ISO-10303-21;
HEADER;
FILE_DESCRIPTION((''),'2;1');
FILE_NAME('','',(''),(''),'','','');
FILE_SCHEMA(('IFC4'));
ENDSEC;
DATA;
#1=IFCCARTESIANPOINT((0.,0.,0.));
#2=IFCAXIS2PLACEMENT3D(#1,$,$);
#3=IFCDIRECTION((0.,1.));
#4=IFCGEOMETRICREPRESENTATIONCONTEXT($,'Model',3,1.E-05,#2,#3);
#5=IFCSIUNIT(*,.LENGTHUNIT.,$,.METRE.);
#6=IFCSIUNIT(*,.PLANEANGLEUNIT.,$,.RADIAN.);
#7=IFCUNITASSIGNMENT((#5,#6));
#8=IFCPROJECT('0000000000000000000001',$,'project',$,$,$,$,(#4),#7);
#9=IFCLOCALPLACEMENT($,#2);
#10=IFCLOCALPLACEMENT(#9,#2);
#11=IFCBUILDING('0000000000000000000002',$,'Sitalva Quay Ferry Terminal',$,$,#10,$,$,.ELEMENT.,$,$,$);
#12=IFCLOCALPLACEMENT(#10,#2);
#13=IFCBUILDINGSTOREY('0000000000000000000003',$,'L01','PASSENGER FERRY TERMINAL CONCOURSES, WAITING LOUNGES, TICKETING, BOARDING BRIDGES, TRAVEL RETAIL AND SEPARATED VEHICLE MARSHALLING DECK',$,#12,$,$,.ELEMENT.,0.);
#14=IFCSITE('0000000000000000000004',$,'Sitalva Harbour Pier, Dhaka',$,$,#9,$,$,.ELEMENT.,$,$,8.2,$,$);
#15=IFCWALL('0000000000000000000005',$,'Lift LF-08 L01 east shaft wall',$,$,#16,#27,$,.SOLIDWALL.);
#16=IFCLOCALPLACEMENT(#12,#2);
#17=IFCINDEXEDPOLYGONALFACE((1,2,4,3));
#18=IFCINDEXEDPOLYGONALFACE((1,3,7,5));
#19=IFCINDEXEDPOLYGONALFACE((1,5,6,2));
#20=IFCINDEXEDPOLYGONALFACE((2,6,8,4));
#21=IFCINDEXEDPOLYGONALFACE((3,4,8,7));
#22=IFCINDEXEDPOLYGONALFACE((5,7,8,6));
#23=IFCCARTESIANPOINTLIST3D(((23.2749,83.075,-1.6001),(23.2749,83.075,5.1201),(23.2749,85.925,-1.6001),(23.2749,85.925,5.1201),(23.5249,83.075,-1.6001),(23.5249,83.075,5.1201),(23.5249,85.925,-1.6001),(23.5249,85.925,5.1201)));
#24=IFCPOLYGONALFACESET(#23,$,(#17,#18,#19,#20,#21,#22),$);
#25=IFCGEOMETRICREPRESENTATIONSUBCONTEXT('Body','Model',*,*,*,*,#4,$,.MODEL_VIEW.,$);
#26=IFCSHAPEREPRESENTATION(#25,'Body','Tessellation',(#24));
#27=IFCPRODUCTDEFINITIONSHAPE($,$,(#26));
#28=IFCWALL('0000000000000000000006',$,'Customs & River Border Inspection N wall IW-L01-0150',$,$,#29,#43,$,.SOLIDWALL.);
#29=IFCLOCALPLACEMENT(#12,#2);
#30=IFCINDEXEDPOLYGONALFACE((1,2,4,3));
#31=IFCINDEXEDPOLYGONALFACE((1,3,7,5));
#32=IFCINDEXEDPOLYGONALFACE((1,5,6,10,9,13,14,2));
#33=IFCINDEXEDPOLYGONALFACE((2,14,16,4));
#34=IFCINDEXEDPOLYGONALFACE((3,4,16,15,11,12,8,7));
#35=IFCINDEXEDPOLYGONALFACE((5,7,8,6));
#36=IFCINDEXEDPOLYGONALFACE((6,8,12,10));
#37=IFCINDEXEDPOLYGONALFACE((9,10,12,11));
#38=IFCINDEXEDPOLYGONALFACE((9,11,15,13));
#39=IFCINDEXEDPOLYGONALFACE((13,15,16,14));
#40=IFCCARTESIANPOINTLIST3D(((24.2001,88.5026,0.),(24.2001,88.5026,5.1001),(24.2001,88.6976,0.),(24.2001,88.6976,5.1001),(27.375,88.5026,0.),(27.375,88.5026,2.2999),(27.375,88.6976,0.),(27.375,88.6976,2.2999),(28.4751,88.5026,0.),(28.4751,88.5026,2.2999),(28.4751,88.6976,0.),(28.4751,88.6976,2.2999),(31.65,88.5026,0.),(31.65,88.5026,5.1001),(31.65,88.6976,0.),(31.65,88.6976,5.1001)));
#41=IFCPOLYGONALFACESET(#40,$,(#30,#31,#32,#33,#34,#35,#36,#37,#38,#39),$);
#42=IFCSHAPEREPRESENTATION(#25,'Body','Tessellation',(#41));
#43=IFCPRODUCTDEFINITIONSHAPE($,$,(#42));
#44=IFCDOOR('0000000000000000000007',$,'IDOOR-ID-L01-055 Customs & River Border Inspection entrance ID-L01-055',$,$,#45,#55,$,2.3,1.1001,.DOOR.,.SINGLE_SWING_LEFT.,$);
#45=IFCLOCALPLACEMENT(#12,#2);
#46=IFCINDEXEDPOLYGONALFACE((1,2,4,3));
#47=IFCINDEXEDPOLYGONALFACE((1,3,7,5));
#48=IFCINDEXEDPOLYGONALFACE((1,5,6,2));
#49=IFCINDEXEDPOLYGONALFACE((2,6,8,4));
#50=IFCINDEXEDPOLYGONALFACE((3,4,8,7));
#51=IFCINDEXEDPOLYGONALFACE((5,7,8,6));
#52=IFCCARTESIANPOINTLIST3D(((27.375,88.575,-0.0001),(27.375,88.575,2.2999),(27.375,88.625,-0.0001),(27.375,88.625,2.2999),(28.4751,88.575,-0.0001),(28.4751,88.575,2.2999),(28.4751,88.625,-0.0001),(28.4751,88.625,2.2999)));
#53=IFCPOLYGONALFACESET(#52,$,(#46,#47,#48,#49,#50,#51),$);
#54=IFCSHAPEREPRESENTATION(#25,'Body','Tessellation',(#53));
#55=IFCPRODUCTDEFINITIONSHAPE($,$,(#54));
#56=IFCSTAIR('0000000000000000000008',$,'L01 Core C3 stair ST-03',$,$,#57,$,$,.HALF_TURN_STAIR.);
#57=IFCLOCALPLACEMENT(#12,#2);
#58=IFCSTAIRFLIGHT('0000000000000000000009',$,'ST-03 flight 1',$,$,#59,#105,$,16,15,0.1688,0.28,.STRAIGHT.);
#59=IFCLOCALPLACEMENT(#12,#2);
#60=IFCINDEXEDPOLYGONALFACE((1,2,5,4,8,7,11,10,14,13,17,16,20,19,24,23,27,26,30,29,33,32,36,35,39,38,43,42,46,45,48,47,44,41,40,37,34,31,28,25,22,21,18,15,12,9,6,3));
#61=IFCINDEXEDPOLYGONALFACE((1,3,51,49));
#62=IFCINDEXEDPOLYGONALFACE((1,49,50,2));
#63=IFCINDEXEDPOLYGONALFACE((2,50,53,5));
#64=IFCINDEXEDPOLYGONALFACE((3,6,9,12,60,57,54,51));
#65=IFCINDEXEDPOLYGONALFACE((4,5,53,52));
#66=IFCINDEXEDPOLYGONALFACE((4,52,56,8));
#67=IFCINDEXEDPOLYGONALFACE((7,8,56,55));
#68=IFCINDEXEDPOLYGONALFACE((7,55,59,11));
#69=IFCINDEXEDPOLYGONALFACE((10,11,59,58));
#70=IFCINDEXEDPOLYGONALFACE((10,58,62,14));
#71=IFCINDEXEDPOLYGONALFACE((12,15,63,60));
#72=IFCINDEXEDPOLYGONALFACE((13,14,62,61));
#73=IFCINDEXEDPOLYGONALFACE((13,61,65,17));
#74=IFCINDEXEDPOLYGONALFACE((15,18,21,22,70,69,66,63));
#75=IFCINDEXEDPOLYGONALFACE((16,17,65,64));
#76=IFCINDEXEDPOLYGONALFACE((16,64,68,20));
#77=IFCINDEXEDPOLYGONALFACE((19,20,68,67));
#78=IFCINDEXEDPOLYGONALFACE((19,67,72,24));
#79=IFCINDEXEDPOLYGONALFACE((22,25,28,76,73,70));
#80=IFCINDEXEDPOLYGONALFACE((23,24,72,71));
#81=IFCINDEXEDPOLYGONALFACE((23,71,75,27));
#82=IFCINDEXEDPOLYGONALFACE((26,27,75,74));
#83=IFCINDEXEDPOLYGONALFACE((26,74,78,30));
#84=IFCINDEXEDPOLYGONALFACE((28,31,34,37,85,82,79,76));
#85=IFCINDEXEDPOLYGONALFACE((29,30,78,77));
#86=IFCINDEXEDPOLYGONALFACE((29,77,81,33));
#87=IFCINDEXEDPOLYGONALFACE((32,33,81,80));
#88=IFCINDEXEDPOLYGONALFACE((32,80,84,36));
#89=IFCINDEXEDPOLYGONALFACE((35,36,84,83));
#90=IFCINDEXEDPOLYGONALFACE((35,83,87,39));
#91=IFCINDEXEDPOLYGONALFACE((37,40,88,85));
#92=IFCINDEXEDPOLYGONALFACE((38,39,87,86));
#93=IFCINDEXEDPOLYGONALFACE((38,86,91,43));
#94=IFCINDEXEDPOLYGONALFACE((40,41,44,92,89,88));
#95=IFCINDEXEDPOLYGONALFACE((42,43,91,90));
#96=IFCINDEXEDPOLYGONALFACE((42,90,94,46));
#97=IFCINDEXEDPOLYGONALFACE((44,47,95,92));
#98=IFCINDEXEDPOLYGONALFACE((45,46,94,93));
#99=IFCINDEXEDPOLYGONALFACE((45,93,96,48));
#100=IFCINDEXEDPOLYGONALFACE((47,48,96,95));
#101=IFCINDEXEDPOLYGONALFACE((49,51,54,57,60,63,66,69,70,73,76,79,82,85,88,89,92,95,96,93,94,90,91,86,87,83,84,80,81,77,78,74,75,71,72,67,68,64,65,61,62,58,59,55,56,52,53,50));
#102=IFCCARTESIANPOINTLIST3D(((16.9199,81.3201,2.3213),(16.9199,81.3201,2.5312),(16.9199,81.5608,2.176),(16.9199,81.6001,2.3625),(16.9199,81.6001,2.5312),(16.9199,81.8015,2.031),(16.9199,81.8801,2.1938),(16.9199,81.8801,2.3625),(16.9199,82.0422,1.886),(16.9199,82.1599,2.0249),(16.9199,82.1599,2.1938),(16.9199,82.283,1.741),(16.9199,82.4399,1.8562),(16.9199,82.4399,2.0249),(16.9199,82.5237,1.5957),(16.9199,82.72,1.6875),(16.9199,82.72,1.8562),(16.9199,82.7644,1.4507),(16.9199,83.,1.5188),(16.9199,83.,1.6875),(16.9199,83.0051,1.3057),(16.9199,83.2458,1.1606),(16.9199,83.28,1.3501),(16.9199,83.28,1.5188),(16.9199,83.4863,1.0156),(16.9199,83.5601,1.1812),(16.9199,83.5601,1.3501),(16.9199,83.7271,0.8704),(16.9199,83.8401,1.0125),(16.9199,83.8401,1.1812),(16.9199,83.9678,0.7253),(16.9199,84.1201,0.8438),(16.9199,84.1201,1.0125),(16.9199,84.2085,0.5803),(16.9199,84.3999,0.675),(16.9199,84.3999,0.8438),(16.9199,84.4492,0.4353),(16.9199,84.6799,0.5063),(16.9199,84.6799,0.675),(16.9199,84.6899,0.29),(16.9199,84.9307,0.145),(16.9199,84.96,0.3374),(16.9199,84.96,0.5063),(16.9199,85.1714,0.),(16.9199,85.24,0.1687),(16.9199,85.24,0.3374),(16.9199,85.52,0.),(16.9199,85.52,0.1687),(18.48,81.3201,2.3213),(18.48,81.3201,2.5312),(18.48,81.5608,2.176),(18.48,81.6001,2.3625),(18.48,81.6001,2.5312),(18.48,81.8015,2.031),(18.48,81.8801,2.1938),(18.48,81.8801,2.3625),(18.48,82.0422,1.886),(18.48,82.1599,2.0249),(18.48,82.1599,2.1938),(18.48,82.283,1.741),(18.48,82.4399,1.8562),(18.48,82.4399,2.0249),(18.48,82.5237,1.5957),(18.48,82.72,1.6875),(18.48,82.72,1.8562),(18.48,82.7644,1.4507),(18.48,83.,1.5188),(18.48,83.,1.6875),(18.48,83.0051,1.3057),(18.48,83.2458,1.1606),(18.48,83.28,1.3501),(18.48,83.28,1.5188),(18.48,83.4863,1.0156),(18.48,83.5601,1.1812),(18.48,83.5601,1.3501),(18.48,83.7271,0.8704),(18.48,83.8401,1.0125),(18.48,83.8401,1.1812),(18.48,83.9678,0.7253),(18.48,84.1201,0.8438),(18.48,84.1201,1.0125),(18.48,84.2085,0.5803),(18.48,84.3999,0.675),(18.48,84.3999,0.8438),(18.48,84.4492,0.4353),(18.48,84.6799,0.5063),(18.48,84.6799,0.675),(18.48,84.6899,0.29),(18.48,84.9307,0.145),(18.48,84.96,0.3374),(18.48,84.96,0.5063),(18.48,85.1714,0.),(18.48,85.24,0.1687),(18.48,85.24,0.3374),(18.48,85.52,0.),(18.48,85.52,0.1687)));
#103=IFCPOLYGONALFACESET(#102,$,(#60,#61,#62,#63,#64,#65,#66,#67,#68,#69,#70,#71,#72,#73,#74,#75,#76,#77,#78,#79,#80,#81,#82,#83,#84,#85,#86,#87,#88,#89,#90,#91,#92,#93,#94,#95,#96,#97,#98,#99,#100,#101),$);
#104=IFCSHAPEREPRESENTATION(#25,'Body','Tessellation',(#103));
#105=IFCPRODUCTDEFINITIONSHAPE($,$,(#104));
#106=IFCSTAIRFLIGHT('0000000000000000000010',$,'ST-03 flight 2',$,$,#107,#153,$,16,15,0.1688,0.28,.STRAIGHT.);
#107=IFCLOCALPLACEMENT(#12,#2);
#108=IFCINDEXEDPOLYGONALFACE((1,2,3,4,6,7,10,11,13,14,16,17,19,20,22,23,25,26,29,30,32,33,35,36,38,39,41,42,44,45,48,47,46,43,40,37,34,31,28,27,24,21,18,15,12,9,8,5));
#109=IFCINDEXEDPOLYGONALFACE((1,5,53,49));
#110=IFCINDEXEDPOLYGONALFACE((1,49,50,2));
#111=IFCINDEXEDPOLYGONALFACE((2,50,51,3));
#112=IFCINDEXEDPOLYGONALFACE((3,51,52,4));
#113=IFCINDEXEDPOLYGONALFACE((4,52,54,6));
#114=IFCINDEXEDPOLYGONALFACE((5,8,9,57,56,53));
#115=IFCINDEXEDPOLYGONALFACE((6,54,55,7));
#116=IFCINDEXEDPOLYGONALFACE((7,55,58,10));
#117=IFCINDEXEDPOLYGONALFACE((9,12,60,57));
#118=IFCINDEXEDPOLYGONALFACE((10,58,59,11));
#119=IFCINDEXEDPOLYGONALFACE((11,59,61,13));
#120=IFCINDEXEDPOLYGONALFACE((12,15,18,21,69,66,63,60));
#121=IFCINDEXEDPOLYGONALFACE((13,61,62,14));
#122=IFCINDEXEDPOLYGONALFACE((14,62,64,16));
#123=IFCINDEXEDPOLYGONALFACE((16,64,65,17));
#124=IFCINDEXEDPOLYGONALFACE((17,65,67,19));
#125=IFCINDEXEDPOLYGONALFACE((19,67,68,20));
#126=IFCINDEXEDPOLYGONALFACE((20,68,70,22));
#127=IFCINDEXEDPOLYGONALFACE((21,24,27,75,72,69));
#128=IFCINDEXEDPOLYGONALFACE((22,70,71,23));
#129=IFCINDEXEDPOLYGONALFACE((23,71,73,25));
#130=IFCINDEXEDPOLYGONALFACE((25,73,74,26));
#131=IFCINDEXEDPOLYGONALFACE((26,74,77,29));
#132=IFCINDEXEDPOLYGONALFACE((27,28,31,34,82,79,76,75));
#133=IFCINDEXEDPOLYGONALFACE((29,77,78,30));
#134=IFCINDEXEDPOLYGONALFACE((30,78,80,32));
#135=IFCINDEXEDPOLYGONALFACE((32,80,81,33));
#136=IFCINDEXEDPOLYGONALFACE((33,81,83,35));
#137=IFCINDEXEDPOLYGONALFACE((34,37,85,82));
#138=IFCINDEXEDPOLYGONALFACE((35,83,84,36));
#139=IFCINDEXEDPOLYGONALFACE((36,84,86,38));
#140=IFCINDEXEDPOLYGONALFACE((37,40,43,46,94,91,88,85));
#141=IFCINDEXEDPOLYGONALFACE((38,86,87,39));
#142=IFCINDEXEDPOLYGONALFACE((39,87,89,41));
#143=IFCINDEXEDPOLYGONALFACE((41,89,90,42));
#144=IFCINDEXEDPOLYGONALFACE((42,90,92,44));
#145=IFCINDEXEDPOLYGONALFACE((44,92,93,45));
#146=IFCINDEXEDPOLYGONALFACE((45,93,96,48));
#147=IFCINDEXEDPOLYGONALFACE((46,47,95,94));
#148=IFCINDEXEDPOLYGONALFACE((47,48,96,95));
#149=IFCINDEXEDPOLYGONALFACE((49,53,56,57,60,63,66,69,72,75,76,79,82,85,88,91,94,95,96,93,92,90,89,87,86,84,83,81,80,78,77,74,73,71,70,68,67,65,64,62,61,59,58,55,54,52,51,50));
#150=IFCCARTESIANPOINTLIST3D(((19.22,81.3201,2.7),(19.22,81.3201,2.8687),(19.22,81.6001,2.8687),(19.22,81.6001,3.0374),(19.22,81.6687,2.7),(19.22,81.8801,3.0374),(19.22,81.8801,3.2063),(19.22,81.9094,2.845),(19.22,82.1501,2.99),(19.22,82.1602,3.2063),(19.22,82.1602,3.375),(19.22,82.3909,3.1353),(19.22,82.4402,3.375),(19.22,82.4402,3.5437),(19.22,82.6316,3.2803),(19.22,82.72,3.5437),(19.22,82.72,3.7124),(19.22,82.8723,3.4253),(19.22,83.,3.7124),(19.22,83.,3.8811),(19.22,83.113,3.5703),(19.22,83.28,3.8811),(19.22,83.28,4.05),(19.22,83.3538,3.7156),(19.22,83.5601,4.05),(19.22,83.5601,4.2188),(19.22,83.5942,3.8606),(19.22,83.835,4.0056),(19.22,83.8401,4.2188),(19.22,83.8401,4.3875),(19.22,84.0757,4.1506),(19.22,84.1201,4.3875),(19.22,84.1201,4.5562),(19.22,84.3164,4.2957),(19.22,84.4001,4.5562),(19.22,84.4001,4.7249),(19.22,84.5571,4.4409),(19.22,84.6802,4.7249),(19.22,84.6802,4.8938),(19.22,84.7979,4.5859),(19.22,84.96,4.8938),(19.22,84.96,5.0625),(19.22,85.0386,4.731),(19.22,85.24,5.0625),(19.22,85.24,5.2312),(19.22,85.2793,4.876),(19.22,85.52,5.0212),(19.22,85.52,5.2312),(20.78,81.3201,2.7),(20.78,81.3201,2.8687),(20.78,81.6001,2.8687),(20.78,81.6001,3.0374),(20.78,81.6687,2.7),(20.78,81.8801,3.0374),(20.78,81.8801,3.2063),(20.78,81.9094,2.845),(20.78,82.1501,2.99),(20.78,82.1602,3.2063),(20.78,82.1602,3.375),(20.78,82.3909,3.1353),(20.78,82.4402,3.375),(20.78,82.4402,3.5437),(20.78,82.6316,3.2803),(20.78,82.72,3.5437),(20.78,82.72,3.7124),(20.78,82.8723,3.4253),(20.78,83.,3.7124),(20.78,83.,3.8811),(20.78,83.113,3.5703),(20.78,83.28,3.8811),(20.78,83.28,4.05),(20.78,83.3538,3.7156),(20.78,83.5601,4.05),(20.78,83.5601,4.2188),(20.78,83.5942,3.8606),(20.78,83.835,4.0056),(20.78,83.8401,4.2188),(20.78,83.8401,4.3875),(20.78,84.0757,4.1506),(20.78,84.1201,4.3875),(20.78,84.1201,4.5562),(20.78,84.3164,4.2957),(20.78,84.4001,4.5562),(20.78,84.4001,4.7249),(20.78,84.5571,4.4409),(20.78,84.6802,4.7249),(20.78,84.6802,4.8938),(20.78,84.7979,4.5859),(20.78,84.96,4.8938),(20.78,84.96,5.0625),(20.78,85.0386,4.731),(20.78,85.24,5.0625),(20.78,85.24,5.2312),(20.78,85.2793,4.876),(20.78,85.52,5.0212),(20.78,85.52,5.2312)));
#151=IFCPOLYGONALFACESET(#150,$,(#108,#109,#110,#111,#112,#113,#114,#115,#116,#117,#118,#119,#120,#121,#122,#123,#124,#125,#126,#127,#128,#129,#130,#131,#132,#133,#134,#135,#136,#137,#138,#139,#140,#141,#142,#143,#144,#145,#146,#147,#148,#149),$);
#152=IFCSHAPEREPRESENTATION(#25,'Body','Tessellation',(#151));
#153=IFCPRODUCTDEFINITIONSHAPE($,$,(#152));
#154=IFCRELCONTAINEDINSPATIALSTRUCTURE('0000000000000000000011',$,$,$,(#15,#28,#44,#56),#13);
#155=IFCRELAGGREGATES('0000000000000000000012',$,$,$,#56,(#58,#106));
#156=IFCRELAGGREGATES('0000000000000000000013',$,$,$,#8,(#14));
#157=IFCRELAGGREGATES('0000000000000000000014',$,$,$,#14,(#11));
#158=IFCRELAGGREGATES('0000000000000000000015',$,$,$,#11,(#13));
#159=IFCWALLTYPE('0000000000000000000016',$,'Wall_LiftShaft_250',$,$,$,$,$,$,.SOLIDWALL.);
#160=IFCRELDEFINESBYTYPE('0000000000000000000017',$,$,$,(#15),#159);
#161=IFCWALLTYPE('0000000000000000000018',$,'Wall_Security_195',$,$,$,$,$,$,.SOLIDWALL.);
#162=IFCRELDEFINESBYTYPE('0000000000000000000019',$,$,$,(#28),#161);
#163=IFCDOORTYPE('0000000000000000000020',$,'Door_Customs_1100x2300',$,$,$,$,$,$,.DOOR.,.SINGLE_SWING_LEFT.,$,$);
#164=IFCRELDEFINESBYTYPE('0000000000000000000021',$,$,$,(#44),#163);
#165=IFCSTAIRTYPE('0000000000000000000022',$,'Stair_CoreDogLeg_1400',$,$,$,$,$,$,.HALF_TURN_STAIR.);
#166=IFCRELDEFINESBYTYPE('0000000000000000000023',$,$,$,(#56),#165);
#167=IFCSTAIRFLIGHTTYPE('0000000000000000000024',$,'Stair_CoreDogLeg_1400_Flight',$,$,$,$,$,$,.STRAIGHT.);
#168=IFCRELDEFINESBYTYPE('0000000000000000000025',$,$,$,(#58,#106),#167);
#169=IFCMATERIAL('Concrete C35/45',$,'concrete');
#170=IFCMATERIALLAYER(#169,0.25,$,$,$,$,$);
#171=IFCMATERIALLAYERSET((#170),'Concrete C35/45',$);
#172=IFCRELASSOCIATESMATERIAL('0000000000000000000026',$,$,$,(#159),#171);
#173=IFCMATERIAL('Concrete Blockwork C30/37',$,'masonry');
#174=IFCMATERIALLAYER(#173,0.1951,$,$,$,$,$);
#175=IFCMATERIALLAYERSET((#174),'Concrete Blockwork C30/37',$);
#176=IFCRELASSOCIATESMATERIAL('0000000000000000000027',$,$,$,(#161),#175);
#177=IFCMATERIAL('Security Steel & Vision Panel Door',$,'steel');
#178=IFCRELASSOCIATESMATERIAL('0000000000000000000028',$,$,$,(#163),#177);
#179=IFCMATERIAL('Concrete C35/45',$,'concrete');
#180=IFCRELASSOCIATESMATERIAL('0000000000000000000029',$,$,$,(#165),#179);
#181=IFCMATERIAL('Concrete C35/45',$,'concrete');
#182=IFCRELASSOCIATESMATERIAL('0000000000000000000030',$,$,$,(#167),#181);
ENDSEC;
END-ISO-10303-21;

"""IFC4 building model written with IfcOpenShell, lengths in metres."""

from ifc_helpers import new_model, si_unit, direction, frame, frame_2d, origin, place, context, subcontext, project, spatial, polyline, rectangle, outline, extrude, material, layer, layer_set, type_object, element, fill, aggregate, save


model = new_model("IFC4")

# Units and contexts
model_context = context("Model", 3, precision=1e-05, world=origin(), true_north=direction((0.0, 1.0)))
body_context = subcontext(model_context, "Body", "Model", "MODEL_VIEW")
ifc_project = project(units=[si_unit("LENGTHUNIT", "METRE"), si_unit("PLANEANGLEUNIT", "RADIAN")], contexts=[model_context])

# Site, building, storey
site_placement = place(None, origin())
site = spatial("IfcSite", under=ifc_project, at=site_placement, Name="Sitalva Harbour Pier, Dhaka", CompositionType="ELEMENT", RefElevation=8.2)
building_placement = place(site_placement, origin())
building = spatial("IfcBuilding", under=site, at=building_placement, Name="Sitalva Quay Ferry Terminal", CompositionType="ELEMENT")
storey_placement = place(building_placement, origin())
storey = spatial("IfcBuildingStorey", under=building, at=storey_placement, Name="L01", Description="PASSENGER FERRY TERMINAL CONCOURSES, WAITING LOUNGES, TICKETING, BOARDING BRIDGES, TRAVEL RETAIL AND SEPARATED VEHICLE MARSHALLING DECK", CompositionType="ELEMENT", Elevation=0.0)

# Shared definitions
ifc_material_1 = material(Name="Concrete C35/45", Category="concrete")
ifc_layer_1 = layer(ifc_material_1, 0.25)
ifc_layer_set_1 = layer_set([ifc_layer_1], Name="Concrete C35/45")
wall_type_1 = type_object("IfcWallType", Name="Wall_LiftShaft_250", PredefinedType="SOLIDWALL", material=ifc_layer_set_1)

# Wall
wall_1_placement = place(storey_placement, frame((23.3999, 83.075, -1.6001), z_axis=(0.0, 0.0, 1.0), x_axis=(0.0, 1.0, 0.0)))
element("IfcWall", 1, at=wall_1_placement, inside=storey, type_object=wall_type_1, Name="Lift LF-08 L01 east shaft wall", PredefinedType="SOLIDWALL", context=body_context, shape_type="SweptSolid", body=[
    extrude(rectangle(XDim=2.8501, YDim=0.25, at=frame_2d((1.425, 0.0))), origin(), (0.0, 0.0, 1.0), 6.7202),
])

# Wall, opening, door
ifc_material_2 = material(Name="Concrete Blockwork C30/37", Category="masonry")
ifc_layer_2 = layer(ifc_material_2, 0.1951)
ifc_layer_set_2 = layer_set([ifc_layer_2], Name="Concrete Blockwork C30/37")
wall_type_2 = type_object("IfcWallType", Name="Wall_Security_195", PredefinedType="SOLIDWALL", material=ifc_layer_set_2)
wall_2_placement = place(storey_placement, frame((24.2, 88.6001, 0.0), z_axis=(0.0, 0.0, 1.0), x_axis=(1.0, 0.0, 0.0)))
wall_2 = element("IfcWall", 2, at=wall_2_placement, inside=storey, type_object=wall_type_2, Name="Customs & River Border Inspection N wall IW-L01-0150", PredefinedType="SOLIDWALL", context=body_context, shape_type="SweptSolid", body=[
    extrude(rectangle(XDim=7.45, YDim=0.1951, at=frame_2d((3.7251, 0.0))), origin(), (0.0, 0.0, 1.0), 5.1001),
])
opening_1_placement = place(wall_2_placement, frame((3.175, 0.0, 0.0)))
opening_1 = element("IfcOpeningElement", 3, at=opening_1_placement, cuts=wall_2, PredefinedType="OPENING", context=body_context, shape_type="SweptSolid", body=[
    extrude(rectangle(XDim=1.1001, YDim=2.3, at=frame_2d((0.55, 1.1499))), frame((0.0, 0.1074, 0.0), z_axis=(0.0, -1.0, 0.0), x_axis=(1.0, 0.0, 0.0)), (0.0, 0.0, 1.0), 0.2151),
])
ifc_material_3 = material(Name="Security Steel & Vision Panel Door", Category="steel")
door_type_1 = type_object("IfcDoorType", Name="Door_Customs_1100x2300", OperationType="SINGLE_SWING_LEFT", PredefinedType="DOOR", material=ifc_material_3)
door_1_placement = place(opening_1_placement, origin())
door_1 = element("IfcDoor", 4, at=door_1_placement, inside=storey, type_object=door_type_1, Name="IDOOR-ID-L01-055 Customs & River Border Inspection entrance ID-L01-055", OperationType="SINGLE_SWING_LEFT", OverallHeight=2.3, OverallWidth=1.1001, PredefinedType="DOOR", context=body_context, shape_type="SweptSolid", body=[
    extrude(rectangle(XDim=1.1001, YDim=2.3, at=frame_2d((0.55, 1.1499))), frame((0.0, 0.0249, 0.0), z_axis=(0.0, -1.0, 0.0), x_axis=(1.0, 0.0, 0.0)), (0.0, 0.0, 1.0), 0.05),
])
fill(opening_1, door_1)

# Stair, stair flights
ifc_material_4 = material(Name="Concrete C35/45", Category="concrete")
stair_type = type_object("IfcStairType", Name="Stair_CoreDogLeg_1400", PredefinedType="HALF_TURN_STAIR", material=ifc_material_4)
stair_placement = place(storey_placement, origin())
stair = element("IfcStair", 5, at=stair_placement, inside=storey, type_object=stair_type, Name="L01 Core C3 stair ST-03", PredefinedType="HALF_TURN_STAIR")
ifc_material_5 = material(Name="Concrete C35/45", Category="concrete")
stair_flight_type = type_object("IfcStairFlightType", Name="Stair_CoreDogLeg_1400_Flight", PredefinedType="STRAIGHT", material=ifc_material_5)
stair_flight_1_placement = place(storey_placement, frame((17.7, 85.52, 0.0), z_axis=(0.0, 0.0, 1.0), x_axis=(0.0, -1.0, 0.0)))
stair_flight_1 = element("IfcStairFlight", 6, at=stair_flight_1_placement, type_object=stair_flight_type, Name="ST-03 flight 1", NumberOfRisers=16, NumberOfTreads=15, PredefinedType="STRAIGHT", RiserHeight=0.1688, TreadLength=0.28, context=body_context, shape_type="SweptSolid", body=[
    extrude(outline(polyline([(0.0, 0.0), (0.0, 0.1687), (0.28, 0.1687), (0.28, 0.3374), (0.5601, 0.3374), (0.5601, 0.5063), (0.8401, 0.5063), (0.8401, 0.675), (1.1201, 0.675), (1.1201, 0.8438), (1.3999, 0.8438), (1.3999, 1.0125), (1.6799, 1.0125), (1.6799, 1.1812), (1.96, 1.1812), (1.96, 1.3501), (2.24, 1.3501), (2.24, 1.5188), (2.52, 1.5188), (2.52, 1.6875), (2.8, 1.6875), (2.8, 1.8562), (3.0801, 1.8562), (3.0801, 2.0249), (3.3601, 2.0249), (3.3601, 2.1938), (3.6399, 2.1938), (3.6399, 2.3625), (3.9199, 2.3625), (3.9199, 2.5312), (4.2, 2.5312), (4.2, 2.7), (4.2, 2.3213), (3.9592, 2.176), (3.7185, 2.031), (3.4778, 1.886), (3.2371, 1.741), (2.9963, 1.5957), (2.7556, 1.4507), (2.5149, 1.3057), (2.2742, 1.1606), (2.0337, 1.0156), (1.793, 0.8704), (1.5522, 0.7253), (1.3115, 0.5803), (1.0708, 0.4353), (0.8301, 0.29), (0.5894, 0.145), (0.3486, 0.0), (0.0, 0.0)])), frame((0.0, 0.78, 0.0), z_axis=(0.0, -1.0, 0.0), x_axis=(1.0, 0.0, 0.0)), (0.0, 0.0, 1.0), 1.5601),
])
stair_flight_2_placement = place(storey_placement, frame((20.0, 81.3201, 2.7), z_axis=(0.0, 0.0, 1.0), x_axis=(0.0, 1.0, 0.0)))
stair_flight_2 = element("IfcStairFlight", 7, at=stair_flight_2_placement, type_object=stair_flight_type, Name="ST-03 flight 2", NumberOfRisers=16, NumberOfTreads=15, PredefinedType="STRAIGHT", RiserHeight=0.1688, TreadLength=0.28, context=body_context, shape_type="SweptSolid", body=[
    extrude(outline(polyline([(0.0, 0.0), (0.0, 0.1687), (0.28, 0.1687), (0.28, 0.3374), (0.5601, 0.3374), (0.5601, 0.5063), (0.8401, 0.5063), (0.8401, 0.675), (1.1201, 0.675), (1.1201, 0.8438), (1.3999, 0.8438), (1.3999, 1.0125), (1.6799, 1.0125), (1.6799, 1.1812), (1.96, 1.1812), (1.96, 1.3501), (2.24, 1.3501), (2.24, 1.5188), (2.52, 1.5188), (2.52, 1.6875), (2.8, 1.6875), (2.8, 1.8562), (3.0801, 1.8562), (3.0801, 2.0249), (3.3601, 2.0249), (3.3601, 2.1938), (3.6399, 2.1938), (3.6399, 2.3625), (3.9199, 2.3625), (3.9199, 2.5312), (4.2, 2.5312), (4.2, 2.7), (4.2, 2.3213), (3.9592, 2.176), (3.7185, 2.031), (3.4778, 1.886), (3.2371, 1.741), (2.9963, 1.5957), (2.7556, 1.4507), (2.5149, 1.3057), (2.2742, 1.1606), (2.0337, 1.0156), (1.793, 0.8704), (1.5522, 0.7253), (1.3115, 0.5803), (1.0708, 0.4353), (0.8301, 0.29), (0.5894, 0.145), (0.3486, 0.0), (0.0, 0.0)])), frame((0.0, 0.78, 0.0), z_axis=(0.0, -1.0, 0.0), x_axis=(1.0, 0.0, 0.0)), (0.0, 0.0, 1.0), 1.5601),
])
aggregate(stair, [stair_flight_1, stair_flight_2])

save(model, "model.ifc")
